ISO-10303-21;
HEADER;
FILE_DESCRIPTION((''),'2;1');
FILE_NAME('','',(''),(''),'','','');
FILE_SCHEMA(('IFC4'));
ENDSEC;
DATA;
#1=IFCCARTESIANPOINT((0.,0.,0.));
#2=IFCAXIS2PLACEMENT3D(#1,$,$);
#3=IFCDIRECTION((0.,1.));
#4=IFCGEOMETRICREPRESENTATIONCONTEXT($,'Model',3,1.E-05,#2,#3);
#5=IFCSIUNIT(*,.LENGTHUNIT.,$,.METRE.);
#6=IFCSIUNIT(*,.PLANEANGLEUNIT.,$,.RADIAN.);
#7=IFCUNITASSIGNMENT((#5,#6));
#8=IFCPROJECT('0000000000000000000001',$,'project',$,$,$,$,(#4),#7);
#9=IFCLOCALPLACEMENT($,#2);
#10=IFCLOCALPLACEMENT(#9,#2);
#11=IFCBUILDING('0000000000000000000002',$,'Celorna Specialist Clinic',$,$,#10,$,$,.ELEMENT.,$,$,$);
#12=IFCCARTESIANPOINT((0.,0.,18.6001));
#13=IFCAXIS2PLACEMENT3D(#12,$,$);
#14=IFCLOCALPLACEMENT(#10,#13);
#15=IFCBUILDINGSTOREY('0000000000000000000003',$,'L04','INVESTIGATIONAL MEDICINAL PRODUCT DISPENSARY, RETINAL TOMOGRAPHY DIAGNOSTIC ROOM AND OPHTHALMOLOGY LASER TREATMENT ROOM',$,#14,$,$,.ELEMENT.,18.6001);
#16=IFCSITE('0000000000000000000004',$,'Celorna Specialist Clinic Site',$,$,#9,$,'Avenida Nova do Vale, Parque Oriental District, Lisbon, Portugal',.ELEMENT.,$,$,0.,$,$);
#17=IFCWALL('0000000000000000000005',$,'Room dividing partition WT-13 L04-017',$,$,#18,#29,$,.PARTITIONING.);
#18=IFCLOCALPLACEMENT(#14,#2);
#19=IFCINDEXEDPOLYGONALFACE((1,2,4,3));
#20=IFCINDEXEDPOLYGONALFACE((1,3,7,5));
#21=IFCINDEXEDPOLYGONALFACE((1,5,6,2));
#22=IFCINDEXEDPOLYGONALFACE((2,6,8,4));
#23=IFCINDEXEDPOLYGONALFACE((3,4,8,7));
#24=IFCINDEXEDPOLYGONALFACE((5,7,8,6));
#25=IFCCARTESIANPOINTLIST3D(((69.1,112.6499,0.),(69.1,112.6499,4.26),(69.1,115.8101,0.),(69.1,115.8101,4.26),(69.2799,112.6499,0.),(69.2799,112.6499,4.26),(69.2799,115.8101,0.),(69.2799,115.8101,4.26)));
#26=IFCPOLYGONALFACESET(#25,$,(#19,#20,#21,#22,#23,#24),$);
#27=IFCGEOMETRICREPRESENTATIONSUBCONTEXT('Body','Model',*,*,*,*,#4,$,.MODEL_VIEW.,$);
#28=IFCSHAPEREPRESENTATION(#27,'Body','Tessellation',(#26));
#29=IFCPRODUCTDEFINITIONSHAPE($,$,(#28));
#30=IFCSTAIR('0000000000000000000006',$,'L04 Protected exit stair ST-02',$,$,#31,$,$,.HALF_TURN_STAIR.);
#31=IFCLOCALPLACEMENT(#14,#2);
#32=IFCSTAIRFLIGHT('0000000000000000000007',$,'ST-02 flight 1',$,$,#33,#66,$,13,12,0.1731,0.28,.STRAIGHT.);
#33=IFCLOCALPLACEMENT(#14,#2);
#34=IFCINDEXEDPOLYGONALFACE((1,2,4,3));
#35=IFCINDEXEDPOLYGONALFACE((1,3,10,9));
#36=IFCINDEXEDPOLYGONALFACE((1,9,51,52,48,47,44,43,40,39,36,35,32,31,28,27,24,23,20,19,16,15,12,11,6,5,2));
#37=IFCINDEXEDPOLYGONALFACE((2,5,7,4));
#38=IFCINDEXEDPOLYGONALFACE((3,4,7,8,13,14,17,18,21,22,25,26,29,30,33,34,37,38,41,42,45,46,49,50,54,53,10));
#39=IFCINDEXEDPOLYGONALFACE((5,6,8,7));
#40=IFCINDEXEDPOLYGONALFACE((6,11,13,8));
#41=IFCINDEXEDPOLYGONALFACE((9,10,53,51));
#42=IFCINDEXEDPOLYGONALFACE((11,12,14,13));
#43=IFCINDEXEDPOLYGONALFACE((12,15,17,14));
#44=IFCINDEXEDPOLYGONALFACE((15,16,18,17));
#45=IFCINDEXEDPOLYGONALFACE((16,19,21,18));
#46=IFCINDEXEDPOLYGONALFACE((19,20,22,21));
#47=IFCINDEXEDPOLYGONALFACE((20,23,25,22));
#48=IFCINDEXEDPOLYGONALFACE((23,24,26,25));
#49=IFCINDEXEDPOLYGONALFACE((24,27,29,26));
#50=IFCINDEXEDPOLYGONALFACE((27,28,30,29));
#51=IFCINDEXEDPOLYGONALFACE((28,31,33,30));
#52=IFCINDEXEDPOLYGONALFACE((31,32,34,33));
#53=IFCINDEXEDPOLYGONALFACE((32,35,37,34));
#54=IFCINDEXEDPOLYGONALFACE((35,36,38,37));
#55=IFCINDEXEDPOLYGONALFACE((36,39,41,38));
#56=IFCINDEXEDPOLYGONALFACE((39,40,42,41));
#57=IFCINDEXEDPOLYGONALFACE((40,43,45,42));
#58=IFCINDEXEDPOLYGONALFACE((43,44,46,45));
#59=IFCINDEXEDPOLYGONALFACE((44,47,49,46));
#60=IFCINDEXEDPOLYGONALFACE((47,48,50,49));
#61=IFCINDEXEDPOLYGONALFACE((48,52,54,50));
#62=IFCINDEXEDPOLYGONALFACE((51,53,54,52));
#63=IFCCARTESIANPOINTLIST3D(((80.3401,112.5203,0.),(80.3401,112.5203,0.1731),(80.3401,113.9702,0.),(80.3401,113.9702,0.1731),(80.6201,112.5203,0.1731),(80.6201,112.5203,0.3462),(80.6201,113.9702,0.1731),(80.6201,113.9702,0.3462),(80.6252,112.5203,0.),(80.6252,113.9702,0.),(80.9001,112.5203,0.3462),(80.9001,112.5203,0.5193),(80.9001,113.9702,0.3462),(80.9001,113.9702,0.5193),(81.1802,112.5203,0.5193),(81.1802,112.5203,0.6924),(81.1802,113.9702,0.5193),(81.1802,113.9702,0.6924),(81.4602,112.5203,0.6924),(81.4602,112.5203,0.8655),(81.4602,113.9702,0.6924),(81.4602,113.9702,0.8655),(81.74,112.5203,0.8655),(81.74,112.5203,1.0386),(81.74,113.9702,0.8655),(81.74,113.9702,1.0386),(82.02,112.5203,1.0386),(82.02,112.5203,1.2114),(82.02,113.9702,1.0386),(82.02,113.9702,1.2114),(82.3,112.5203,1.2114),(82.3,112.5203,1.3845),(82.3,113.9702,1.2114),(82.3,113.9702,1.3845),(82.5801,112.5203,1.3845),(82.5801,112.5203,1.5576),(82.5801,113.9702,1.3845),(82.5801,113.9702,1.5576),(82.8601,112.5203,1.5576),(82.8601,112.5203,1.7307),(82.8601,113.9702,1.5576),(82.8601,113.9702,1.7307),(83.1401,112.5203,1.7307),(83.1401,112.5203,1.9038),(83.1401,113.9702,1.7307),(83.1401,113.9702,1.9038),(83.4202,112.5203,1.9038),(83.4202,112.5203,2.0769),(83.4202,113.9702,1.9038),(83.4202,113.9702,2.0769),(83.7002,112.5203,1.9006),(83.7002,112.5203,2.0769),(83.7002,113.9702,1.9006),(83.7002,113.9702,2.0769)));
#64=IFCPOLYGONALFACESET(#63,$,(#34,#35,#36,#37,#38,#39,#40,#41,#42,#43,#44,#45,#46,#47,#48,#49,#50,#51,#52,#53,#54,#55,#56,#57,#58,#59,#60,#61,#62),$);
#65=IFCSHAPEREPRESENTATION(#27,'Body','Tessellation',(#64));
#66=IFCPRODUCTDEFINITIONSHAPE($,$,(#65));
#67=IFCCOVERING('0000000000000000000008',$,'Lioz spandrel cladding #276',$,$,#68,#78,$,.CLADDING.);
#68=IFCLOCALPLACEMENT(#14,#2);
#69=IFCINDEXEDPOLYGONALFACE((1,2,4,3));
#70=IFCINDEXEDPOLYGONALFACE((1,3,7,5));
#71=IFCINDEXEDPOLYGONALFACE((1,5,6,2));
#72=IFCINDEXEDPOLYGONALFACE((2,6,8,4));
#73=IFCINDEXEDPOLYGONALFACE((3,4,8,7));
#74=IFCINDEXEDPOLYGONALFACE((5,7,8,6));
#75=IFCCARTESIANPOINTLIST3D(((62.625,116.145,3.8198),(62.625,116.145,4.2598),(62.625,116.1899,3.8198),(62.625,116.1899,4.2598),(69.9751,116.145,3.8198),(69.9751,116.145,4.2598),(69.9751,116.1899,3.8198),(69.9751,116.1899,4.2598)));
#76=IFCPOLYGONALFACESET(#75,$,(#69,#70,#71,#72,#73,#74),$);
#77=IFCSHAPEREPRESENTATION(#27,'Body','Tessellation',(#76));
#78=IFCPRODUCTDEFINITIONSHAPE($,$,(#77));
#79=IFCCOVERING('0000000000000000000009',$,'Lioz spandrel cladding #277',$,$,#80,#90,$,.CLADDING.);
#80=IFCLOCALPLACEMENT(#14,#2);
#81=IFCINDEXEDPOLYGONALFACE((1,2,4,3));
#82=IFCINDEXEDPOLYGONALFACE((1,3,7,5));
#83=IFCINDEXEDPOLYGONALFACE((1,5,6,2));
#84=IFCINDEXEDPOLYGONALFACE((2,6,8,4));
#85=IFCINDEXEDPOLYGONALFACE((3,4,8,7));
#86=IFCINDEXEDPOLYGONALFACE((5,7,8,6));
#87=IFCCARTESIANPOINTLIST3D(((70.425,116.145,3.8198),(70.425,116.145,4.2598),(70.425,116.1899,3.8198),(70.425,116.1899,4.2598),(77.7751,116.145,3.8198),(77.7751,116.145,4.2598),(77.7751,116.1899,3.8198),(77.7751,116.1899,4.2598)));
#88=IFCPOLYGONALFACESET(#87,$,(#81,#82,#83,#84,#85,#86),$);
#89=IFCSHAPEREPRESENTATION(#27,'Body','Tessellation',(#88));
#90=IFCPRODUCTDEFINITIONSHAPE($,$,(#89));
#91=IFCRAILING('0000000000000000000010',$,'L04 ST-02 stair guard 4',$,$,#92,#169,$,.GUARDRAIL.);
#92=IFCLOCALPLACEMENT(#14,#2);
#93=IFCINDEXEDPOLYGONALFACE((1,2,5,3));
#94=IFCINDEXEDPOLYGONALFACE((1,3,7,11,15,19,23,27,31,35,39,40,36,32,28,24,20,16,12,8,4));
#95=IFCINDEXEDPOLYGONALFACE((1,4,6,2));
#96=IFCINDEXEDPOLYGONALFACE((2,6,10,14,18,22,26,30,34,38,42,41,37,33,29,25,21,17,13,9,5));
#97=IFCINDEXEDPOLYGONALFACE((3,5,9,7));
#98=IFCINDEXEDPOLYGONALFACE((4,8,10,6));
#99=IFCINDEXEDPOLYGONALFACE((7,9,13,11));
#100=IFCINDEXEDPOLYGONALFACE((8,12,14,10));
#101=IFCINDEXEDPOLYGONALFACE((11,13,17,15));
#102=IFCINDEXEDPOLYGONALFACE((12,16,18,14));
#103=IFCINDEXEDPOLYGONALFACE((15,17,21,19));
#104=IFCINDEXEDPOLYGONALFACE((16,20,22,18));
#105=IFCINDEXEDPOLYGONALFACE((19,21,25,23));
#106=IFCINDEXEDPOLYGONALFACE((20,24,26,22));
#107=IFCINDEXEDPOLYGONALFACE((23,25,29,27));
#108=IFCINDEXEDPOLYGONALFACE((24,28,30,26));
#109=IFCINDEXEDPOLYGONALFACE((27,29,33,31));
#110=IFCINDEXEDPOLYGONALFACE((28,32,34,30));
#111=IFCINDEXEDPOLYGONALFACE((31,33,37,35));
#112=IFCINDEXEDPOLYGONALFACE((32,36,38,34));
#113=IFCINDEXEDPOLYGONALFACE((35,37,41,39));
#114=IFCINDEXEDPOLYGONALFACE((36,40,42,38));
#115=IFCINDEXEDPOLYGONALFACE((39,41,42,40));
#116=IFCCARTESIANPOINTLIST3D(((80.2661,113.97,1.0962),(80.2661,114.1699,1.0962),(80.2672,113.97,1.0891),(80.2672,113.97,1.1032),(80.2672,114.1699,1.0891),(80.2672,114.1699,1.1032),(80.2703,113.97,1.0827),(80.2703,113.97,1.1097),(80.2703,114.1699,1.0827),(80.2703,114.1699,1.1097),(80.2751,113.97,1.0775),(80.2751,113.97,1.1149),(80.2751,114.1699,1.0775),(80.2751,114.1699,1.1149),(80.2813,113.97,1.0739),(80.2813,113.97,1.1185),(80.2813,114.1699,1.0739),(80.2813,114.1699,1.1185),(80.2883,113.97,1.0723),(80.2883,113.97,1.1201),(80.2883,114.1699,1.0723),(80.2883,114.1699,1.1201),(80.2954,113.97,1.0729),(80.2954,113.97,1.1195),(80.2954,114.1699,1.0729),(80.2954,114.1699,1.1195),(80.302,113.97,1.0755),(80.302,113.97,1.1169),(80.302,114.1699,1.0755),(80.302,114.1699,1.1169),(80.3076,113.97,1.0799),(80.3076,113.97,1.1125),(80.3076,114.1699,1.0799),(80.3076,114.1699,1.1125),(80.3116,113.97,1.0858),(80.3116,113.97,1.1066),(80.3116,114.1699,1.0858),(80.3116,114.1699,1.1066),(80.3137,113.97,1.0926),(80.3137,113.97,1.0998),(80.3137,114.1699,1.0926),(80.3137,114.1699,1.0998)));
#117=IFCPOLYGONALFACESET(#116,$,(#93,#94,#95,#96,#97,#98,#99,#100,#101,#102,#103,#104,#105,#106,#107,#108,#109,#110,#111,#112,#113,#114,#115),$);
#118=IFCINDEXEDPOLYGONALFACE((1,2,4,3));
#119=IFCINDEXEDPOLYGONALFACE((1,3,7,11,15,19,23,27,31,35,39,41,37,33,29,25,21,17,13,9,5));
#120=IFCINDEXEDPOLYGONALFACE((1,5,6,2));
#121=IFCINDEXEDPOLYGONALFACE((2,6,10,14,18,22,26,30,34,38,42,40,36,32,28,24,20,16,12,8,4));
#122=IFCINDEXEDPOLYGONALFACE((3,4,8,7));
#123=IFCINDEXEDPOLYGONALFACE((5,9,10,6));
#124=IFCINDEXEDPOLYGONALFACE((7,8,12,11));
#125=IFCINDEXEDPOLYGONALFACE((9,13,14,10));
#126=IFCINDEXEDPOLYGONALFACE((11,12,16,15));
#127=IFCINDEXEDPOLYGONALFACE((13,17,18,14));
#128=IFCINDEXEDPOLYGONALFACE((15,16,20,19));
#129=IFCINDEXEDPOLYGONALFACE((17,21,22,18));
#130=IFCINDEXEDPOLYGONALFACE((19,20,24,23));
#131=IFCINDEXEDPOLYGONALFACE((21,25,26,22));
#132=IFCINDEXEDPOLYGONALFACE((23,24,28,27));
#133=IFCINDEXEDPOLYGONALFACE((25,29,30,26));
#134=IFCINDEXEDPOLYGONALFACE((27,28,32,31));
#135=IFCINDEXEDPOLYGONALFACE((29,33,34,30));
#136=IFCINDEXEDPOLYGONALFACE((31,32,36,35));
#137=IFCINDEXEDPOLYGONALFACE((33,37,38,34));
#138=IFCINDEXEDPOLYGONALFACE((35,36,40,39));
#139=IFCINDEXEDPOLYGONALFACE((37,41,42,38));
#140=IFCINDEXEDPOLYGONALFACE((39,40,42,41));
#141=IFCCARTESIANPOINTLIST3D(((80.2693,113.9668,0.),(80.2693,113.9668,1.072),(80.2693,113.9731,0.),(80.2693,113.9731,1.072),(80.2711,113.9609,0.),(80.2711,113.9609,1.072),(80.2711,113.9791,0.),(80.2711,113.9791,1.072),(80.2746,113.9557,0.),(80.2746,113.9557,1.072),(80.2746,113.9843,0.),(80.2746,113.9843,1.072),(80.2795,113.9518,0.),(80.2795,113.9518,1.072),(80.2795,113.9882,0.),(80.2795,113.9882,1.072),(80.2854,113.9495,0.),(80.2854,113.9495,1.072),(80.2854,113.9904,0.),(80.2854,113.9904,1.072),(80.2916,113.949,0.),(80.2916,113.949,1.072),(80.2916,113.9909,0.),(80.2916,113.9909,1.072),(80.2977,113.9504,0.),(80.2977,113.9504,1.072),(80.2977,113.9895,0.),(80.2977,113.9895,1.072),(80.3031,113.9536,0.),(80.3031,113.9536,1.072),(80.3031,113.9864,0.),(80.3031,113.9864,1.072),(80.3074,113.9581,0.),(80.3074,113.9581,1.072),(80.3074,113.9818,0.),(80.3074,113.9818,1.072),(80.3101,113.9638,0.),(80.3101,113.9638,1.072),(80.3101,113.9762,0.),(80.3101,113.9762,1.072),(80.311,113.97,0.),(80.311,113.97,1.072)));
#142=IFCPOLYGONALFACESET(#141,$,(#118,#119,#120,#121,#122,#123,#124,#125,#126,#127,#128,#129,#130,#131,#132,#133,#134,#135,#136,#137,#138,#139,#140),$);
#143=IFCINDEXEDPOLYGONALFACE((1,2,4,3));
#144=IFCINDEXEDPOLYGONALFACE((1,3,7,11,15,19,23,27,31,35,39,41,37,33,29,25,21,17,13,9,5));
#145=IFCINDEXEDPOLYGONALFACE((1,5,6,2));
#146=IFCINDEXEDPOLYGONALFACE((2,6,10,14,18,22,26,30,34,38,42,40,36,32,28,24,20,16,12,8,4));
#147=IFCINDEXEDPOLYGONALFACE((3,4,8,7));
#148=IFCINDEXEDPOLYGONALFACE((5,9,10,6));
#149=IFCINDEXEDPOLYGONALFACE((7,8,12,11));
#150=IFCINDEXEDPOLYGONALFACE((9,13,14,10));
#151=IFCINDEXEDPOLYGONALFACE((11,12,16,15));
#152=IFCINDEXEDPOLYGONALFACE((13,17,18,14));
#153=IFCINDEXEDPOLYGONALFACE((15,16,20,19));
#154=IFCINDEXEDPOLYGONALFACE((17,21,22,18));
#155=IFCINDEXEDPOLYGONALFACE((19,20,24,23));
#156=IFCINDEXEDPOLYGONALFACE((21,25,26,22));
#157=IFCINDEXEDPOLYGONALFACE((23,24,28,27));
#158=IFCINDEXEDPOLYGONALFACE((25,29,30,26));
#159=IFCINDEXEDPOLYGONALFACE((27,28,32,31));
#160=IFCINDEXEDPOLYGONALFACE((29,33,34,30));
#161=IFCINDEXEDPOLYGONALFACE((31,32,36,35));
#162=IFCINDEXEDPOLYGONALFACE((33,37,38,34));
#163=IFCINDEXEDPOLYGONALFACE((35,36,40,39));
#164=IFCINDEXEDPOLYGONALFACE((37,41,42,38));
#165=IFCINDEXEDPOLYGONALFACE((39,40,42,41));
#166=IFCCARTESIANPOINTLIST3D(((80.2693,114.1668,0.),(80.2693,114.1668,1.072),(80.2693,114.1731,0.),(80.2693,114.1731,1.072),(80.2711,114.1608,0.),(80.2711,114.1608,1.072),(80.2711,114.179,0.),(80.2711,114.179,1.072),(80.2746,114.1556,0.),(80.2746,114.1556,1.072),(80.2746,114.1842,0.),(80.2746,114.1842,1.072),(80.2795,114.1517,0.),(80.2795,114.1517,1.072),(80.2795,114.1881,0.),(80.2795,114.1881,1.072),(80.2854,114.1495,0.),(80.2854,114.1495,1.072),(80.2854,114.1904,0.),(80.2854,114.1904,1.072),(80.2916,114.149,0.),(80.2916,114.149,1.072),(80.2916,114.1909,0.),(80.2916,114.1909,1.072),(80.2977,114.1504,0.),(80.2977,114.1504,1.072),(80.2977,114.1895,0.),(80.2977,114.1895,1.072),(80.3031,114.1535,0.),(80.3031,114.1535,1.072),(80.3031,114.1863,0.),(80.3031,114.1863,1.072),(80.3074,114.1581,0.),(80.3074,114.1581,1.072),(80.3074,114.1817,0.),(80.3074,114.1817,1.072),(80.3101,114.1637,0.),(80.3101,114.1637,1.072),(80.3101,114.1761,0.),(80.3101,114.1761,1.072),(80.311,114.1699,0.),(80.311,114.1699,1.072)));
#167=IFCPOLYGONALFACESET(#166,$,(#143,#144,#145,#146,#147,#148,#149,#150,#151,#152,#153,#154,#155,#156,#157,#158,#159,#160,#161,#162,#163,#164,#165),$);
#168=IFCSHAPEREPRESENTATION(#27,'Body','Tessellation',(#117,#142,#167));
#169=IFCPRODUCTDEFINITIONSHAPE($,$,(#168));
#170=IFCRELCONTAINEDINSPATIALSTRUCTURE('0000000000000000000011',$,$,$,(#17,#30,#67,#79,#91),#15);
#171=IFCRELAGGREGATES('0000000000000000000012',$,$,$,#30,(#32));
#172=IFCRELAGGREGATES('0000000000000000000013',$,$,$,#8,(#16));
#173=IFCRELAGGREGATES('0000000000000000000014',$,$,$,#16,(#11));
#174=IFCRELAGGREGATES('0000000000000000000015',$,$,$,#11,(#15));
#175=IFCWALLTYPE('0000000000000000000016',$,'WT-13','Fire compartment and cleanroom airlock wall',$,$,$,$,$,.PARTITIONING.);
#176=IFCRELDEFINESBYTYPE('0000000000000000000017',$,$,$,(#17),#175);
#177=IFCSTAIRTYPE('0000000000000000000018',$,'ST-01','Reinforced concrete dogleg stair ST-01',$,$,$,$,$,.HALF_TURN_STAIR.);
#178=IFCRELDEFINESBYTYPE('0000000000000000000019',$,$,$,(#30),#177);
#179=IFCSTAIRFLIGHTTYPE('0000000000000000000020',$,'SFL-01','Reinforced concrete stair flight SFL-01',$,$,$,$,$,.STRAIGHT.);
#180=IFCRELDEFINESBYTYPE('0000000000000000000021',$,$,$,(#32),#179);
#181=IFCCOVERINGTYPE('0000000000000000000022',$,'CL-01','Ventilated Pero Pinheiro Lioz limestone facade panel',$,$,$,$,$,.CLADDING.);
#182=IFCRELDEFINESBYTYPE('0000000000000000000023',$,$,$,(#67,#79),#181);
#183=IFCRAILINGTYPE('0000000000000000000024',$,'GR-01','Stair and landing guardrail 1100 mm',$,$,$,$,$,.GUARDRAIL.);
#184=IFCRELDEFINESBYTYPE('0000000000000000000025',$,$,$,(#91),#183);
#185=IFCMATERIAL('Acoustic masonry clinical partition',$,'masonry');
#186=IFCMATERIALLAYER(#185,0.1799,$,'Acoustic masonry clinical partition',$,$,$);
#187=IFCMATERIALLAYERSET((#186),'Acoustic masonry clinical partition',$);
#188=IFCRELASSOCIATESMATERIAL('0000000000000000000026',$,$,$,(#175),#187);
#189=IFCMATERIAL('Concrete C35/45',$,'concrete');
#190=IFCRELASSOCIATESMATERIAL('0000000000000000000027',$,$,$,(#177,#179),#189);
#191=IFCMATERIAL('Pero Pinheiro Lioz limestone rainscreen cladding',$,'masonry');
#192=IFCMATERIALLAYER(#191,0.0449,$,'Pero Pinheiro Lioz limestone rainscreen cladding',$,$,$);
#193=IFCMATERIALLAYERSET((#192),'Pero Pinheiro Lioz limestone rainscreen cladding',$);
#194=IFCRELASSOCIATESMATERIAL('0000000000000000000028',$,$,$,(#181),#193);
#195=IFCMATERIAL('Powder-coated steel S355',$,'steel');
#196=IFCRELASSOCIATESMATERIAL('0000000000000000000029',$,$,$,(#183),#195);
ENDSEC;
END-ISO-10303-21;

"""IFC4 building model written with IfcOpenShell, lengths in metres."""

from ifc_helpers import new_model, si_unit, direction, frame, frame_2d, origin, origin_2d, place, context, subcontext, project, spatial, polyline, rectangle, circle, outline, extrude, material, layer, layer_set, type_object, element, aggregate, save


model = new_model("IFC4")

# Units and contexts
model_context = context("Model", 3, precision=1e-05, world=origin(), true_north=direction((0.0, 1.0)))
body_context = subcontext(model_context, "Body", "Model", "MODEL_VIEW")
ifc_project = project(units=[si_unit("LENGTHUNIT", "METRE"), si_unit("PLANEANGLEUNIT", "RADIAN")], contexts=[model_context])

# Site, building, storey
site_placement = place(None, origin())
site = spatial("IfcSite", under=ifc_project, at=site_placement, Name="Celorna Specialist Clinic Site", LongName="Avenida Nova do Vale, Parque Oriental District, Lisbon, Portugal", CompositionType="ELEMENT", RefElevation=0.0)
building_placement = place(site_placement, origin())
building = spatial("IfcBuilding", under=site, at=building_placement, Name="Celorna Specialist Clinic", CompositionType="ELEMENT")
storey_placement = place(building_placement, frame((0.0, 0.0, 18.6001)))
storey = spatial("IfcBuildingStorey", under=building, at=storey_placement, Name="L04", Description="INVESTIGATIONAL MEDICINAL PRODUCT DISPENSARY, RETINAL TOMOGRAPHY DIAGNOSTIC ROOM AND OPHTHALMOLOGY LASER TREATMENT ROOM", CompositionType="ELEMENT", Elevation=18.6001)

# Shared definitions
ifc_material_1 = material(Name="Concrete C35/45", Category="concrete")

# Wall
ifc_material_2 = material(Name="Acoustic masonry clinical partition", Category="masonry")
ifc_layer_1 = layer(ifc_material_2, 0.1799, Name="Acoustic masonry clinical partition")
ifc_layer_set_1 = layer_set([ifc_layer_1], Name="Acoustic masonry clinical partition")
wall_type_1 = type_object("IfcWallType", Name="WT-13", Description="Fire compartment and cleanroom airlock wall", PredefinedType="PARTITIONING", material=ifc_layer_set_1)
wall_1_placement = place(storey_placement, frame((69.1899, 112.6499, 0.0), z_axis=(0.0, 0.0, 1.0), x_axis=(0.0, 1.0, 0.0)))
element("IfcWall", 1, at=wall_1_placement, inside=storey, type_object=wall_type_1, Name="Room dividing partition WT-13 L04-017", PredefinedType="PARTITIONING", context=body_context, shape_type="SweptSolid", body=[
    extrude(rectangle(XDim=3.1602, YDim=0.1799, at=frame_2d((1.5801, 0.0))), origin(), (0.0, 0.0, 1.0), 4.26),
])

# Stair, stair flight
stair_type = type_object("IfcStairType", Name="ST-01", Description="Reinforced concrete dogleg stair ST-01", PredefinedType="HALF_TURN_STAIR", material=ifc_material_1)
stair_placement = place(storey_placement, origin())
stair = element("IfcStair", 2, at=stair_placement, inside=storey, type_object=stair_type, Name="L04 Protected exit stair ST-02", PredefinedType="HALF_TURN_STAIR")
stair_flight_type = type_object("IfcStairFlightType", Name="SFL-01", Description="Reinforced concrete stair flight SFL-01", PredefinedType="STRAIGHT", material=ifc_material_1)
stair_flight_placement = place(storey_placement, frame((80.3401, 113.2451, 0.0), z_axis=(0.0, 0.0, 1.0), x_axis=(1.0, 0.0, 0.0)))
stair_flight = element("IfcStairFlight", 3, at=stair_flight_placement, type_object=stair_flight_type, Name="ST-02 flight 1", NumberOfRisers=13, NumberOfTreads=12, PredefinedType="STRAIGHT", RiserHeight=0.1731, TreadLength=0.28, context=body_context, shape_type="SweptSolid", body=[
    extrude(outline(polyline([(0.0, 0.0), (0.0, 0.1731), (0.28, 0.1731), (0.28, 0.3462), (0.5601, 0.3462), (0.5601, 0.5193), (0.8401, 0.5193), (0.8401, 0.6924), (1.1201, 0.6924), (1.1201, 0.8655), (1.3999, 0.8655), (1.3999, 1.0386), (1.6799, 1.0386), (1.6799, 1.2114), (1.96, 1.2114), (1.96, 1.3845), (2.24, 1.3845), (2.24, 1.5576), (2.52, 1.5576), (2.52, 1.7307), (2.8, 1.7307), (2.8, 1.9038), (3.0801, 1.9038), (3.0801, 2.0769), (3.3601, 2.0769), (3.3601, 2.25), (3.3601, 1.9006), (0.2852, 0.0), (0.0, 0.0)])), frame((0.0, 0.7251, 0.0), z_axis=(0.0, -1.0, 0.0), x_axis=(1.0, 0.0, 0.0)), (0.0, 0.0, 1.0), 1.45),
])
aggregate(stair, [stair_flight])

# Coverings
ifc_material_3 = material(Name="Pero Pinheiro Lioz limestone rainscreen cladding", Category="masonry")
ifc_layer_2 = layer(ifc_material_3, 0.0449, Name="Pero Pinheiro Lioz limestone rainscreen cladding")
ifc_layer_set_2 = layer_set([ifc_layer_2], Name="Pero Pinheiro Lioz limestone rainscreen cladding")
covering_type = type_object("IfcCoveringType", Name="CL-01", Description="Ventilated Pero Pinheiro Lioz limestone facade panel", PredefinedType="CLADDING", material=ifc_layer_set_2)
for number, where, z_axis, x_axis, name in (
    (4, (66.3, 116.1675, 3.8198), (0.0, 0.0, 1.0), (1.0, 0.0, 0.0), "Lioz spandrel cladding #276"),
    (5, (74.1001, 116.1675, 3.8198), (0.0, 0.0, 1.0), (1.0, 0.0, 0.0), "Lioz spandrel cladding #277"),
):
    element("IfcCovering", number, at=place(storey_placement, frame(where, z_axis=z_axis, x_axis=x_axis)), inside=storey, type_object=covering_type, Name=name, PredefinedType="CLADDING", context=body_context, shape_type="SweptSolid", body=[
        extrude(rectangle(XDim=7.3501, YDim=0.0449, at=origin_2d()), origin(), (0.0, 0.0, 1.0), 0.4399),
    ])

# Railing
ifc_material_4 = material(Name="Powder-coated steel S355", Category="steel")
railing_type_1 = type_object("IfcRailingType", Name="GR-01", Description="Stair and landing guardrail 1100 mm", PredefinedType="GUARDRAIL", material=ifc_material_4)
railing_1_placement = place(storey_placement, frame((80.29, 113.97, 0.0)))
element("IfcRailing", 6, at=railing_1_placement, inside=storey, type_object=railing_type_1, Name="L04 ST-02 stair guard 4", PredefinedType="GUARDRAIL", context=body_context, shape_type="SweptSolid", body=[
    extrude(circle(Radius=0.0239, at=origin_2d()), frame((0.0, 0.0, 1.0962), z_axis=(0.0, 1.0, 0.0), x_axis=(-1.0, 0.0, 0.0)), (0.0, 0.0, 1.0), 0.2),
    extrude(circle(Radius=0.021, at=origin_2d()), origin(), (0.0, 0.0, 1.0), 1.072),
    extrude(circle(Radius=0.021, at=origin_2d()), frame((0.0, 0.2, 0.0)), (0.0, 0.0, 1.0), 1.072),
])

save(model, "model.ifc")
